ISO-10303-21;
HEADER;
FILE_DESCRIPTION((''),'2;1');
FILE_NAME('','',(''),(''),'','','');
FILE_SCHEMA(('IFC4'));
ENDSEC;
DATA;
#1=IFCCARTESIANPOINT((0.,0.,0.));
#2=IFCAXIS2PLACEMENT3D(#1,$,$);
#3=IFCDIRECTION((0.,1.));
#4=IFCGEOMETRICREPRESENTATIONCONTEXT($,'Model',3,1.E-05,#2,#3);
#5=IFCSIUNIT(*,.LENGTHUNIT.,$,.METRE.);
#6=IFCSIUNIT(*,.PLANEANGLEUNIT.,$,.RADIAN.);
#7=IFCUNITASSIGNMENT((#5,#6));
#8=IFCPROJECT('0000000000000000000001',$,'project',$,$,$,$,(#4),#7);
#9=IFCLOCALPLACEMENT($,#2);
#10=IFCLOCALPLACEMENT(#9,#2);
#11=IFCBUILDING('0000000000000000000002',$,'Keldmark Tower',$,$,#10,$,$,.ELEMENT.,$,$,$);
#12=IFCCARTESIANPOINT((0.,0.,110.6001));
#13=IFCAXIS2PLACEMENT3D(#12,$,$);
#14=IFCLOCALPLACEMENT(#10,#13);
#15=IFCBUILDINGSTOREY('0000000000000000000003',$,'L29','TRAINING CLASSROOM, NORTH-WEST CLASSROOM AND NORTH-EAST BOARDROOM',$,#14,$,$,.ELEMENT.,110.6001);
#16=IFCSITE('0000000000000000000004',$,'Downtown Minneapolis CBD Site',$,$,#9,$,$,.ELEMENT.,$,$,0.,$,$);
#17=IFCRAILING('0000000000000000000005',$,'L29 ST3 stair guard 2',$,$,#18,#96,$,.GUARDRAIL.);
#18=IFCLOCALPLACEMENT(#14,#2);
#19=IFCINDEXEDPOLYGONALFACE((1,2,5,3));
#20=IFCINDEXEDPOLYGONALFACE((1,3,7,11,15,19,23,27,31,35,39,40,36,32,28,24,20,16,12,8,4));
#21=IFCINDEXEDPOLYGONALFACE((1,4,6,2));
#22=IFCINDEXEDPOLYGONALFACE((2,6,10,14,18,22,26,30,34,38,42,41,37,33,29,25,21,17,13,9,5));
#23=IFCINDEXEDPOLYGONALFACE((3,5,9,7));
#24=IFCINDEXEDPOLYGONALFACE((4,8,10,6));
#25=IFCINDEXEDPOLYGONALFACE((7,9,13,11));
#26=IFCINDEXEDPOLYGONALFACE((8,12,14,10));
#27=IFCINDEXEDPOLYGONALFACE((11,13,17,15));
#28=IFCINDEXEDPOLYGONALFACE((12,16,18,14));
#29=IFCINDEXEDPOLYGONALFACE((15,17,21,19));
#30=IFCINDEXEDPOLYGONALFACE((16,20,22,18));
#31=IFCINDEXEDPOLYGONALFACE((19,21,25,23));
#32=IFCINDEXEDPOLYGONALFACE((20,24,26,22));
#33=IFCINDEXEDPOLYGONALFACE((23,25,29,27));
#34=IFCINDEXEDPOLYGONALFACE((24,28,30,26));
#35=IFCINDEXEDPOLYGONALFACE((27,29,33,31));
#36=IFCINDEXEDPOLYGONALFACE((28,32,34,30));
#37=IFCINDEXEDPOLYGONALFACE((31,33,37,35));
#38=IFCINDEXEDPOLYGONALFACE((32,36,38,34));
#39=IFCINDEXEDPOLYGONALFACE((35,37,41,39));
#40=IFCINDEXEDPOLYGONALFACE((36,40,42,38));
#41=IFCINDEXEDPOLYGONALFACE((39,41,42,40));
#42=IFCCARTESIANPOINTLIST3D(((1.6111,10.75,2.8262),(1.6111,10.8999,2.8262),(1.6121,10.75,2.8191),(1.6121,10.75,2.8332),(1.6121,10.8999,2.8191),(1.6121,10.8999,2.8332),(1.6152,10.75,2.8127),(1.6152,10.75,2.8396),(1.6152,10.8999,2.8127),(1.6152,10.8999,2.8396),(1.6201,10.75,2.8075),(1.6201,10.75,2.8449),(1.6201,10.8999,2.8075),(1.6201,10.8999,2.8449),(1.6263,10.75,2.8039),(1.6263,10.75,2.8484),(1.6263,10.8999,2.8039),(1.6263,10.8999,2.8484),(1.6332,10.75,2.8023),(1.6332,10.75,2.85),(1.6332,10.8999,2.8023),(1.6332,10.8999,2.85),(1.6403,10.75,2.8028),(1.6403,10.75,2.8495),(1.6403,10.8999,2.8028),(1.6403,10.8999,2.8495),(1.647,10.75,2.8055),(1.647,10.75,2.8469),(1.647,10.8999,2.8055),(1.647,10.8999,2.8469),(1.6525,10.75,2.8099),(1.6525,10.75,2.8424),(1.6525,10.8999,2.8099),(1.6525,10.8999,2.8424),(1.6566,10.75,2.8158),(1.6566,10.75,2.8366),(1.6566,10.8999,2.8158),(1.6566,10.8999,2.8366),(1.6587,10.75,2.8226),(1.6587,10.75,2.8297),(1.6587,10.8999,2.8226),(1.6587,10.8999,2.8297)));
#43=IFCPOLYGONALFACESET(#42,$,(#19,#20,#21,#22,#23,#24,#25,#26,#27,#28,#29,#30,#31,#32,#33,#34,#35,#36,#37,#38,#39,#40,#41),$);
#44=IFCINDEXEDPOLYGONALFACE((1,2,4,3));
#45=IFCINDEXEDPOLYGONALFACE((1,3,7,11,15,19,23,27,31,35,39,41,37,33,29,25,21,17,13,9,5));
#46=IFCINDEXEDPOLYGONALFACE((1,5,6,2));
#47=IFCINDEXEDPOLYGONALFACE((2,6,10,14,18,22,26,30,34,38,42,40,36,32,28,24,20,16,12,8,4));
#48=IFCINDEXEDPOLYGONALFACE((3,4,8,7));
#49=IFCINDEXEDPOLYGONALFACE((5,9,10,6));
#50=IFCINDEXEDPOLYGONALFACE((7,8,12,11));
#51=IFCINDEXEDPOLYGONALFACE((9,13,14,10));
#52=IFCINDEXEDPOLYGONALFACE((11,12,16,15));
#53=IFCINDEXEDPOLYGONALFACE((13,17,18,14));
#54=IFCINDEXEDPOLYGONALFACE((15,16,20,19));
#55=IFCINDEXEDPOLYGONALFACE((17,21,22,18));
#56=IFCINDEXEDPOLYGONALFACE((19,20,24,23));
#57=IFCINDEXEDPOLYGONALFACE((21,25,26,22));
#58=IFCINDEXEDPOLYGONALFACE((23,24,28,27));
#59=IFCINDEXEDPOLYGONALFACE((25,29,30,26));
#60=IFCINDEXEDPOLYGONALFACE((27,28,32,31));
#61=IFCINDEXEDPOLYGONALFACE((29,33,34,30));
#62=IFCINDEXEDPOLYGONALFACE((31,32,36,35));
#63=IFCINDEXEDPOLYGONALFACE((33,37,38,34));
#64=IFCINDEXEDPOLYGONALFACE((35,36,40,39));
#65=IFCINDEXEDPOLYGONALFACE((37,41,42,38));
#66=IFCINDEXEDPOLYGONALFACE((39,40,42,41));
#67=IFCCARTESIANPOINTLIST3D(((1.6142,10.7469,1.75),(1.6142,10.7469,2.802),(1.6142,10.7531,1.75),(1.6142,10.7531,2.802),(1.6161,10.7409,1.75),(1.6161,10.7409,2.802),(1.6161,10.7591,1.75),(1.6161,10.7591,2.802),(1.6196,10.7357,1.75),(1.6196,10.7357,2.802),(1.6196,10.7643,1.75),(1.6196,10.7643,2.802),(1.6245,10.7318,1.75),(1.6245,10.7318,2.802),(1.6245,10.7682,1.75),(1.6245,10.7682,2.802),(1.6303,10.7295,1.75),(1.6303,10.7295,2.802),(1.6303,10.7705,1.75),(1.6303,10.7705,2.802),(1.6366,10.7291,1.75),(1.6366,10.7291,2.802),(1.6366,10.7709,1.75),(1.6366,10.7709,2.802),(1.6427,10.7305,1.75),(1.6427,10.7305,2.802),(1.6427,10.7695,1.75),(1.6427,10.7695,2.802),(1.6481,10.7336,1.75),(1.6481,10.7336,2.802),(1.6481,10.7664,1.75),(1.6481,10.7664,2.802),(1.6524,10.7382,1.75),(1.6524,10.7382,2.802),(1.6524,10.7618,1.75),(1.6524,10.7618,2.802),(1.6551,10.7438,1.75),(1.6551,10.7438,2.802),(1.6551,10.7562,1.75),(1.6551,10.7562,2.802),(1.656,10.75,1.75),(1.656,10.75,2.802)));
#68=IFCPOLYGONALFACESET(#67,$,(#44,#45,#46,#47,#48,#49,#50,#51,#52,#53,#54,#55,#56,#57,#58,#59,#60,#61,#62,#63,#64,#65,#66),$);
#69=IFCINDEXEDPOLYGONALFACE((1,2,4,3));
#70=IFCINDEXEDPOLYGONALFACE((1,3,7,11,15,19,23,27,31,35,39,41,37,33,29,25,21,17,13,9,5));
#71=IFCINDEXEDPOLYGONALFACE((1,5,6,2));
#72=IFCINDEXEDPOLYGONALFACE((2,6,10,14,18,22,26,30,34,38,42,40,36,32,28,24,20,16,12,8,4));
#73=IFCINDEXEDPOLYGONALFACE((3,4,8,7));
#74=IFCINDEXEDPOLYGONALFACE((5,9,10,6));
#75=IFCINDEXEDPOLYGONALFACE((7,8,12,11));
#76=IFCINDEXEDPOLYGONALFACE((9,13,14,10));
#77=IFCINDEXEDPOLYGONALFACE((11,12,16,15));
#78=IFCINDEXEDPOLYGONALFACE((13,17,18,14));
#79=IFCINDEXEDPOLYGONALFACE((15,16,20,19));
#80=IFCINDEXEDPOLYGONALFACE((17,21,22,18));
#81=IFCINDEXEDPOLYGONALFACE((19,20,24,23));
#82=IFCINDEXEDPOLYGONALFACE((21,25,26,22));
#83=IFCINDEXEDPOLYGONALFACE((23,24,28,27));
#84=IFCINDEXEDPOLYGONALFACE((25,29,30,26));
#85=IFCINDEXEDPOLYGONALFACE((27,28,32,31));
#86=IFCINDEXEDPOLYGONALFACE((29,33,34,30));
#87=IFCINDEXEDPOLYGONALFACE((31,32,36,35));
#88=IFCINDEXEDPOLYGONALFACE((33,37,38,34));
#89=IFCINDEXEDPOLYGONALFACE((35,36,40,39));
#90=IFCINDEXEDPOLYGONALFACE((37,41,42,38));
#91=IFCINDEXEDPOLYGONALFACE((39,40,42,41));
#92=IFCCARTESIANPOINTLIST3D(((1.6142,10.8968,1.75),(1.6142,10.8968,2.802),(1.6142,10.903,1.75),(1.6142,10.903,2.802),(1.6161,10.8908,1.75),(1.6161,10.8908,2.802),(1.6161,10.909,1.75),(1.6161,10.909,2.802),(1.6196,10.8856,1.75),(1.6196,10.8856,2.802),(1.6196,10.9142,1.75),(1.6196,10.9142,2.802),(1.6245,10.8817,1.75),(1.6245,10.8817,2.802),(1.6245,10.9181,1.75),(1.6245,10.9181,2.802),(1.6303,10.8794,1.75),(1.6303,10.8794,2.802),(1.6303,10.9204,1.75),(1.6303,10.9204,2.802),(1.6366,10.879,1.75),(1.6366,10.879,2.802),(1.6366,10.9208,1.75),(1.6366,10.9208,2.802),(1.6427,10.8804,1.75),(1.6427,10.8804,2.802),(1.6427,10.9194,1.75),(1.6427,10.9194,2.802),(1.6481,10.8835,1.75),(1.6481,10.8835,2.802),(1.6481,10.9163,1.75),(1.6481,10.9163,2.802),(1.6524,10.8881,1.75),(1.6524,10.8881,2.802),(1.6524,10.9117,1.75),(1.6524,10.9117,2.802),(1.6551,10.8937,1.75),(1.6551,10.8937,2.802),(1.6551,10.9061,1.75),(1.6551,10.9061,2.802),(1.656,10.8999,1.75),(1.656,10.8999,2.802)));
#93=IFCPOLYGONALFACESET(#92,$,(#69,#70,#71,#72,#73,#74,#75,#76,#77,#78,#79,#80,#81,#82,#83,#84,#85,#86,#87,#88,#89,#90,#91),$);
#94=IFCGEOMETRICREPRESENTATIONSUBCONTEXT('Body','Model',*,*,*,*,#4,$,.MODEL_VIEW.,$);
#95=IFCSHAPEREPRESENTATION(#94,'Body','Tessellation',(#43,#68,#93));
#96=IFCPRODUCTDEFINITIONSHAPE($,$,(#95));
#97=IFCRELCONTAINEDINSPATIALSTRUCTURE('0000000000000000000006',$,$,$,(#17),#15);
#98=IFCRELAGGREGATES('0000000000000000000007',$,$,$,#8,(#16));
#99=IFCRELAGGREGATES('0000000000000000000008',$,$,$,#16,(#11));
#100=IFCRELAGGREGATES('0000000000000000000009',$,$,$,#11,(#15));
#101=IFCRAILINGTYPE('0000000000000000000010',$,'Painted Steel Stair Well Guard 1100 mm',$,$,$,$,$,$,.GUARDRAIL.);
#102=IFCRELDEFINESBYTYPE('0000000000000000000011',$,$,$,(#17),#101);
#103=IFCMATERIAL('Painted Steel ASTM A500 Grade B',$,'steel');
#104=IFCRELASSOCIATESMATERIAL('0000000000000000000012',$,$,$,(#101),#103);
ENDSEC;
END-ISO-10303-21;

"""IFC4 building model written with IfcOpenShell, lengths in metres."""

from ifc_helpers import new_model, si_unit, direction, frame, origin, origin_2d, place, context, subcontext, project, spatial, circle, extrude, material, type_object, element, save


model = new_model("IFC4")

# Units and contexts
model_context = context("Model", 3, precision=1e-05, world=origin(), true_north=direction((0.0, 1.0)))
body_context = subcontext(model_context, "Body", "Model", "MODEL_VIEW")
ifc_project = project(units=[si_unit("LENGTHUNIT", "METRE"), si_unit("PLANEANGLEUNIT", "RADIAN")], contexts=[model_context])

# Site, building, storey
site_placement = place(None, origin())
site = spatial("IfcSite", under=ifc_project, at=site_placement, Name="Downtown Minneapolis CBD Site", CompositionType="ELEMENT", RefElevation=0.0)
building_placement = place(site_placement, origin())
building = spatial("IfcBuilding", under=site, at=building_placement, Name="Keldmark Tower", CompositionType="ELEMENT")
storey_placement = place(building_placement, frame((0.0, 0.0, 110.6001)))
storey = spatial("IfcBuildingStorey", under=building, at=storey_placement, Name="L29", Description="TRAINING CLASSROOM, NORTH-WEST CLASSROOM AND NORTH-EAST BOARDROOM", CompositionType="ELEMENT", Elevation=110.6001)

# Railing
ifc_material_1 = material(Name="Painted Steel ASTM A500 Grade B", Category="steel")
railing_type_1 = type_object("IfcRailingType", Name="Painted Steel Stair Well Guard 1100 mm", PredefinedType="GUARDRAIL", material=ifc_material_1)
railing_1_placement = place(storey_placement, frame((1.635, 10.75, 1.75)))
element("IfcRailing", 1, at=railing_1_placement, inside=storey, type_object=railing_type_1, Name="L29 ST3 stair guard 2", PredefinedType="GUARDRAIL", context=body_context, shape_type="SweptSolid", body=[
    extrude(circle(Radius=0.0239, at=origin_2d()), frame((0.0, 0.0, 1.0762), z_axis=(0.0, 1.0, 0.0), x_axis=(-1.0, 0.0, 0.0)), (0.0, 0.0, 1.0), 0.1499),
    extrude(circle(Radius=0.021, at=origin_2d()), origin(), (0.0, 0.0, 1.0), 1.052),
    extrude(circle(Radius=0.021, at=origin_2d()), frame((0.0, 0.1499, 0.0)), (0.0, 0.0, 1.0), 1.052),
])

save(model, "model.ifc")
